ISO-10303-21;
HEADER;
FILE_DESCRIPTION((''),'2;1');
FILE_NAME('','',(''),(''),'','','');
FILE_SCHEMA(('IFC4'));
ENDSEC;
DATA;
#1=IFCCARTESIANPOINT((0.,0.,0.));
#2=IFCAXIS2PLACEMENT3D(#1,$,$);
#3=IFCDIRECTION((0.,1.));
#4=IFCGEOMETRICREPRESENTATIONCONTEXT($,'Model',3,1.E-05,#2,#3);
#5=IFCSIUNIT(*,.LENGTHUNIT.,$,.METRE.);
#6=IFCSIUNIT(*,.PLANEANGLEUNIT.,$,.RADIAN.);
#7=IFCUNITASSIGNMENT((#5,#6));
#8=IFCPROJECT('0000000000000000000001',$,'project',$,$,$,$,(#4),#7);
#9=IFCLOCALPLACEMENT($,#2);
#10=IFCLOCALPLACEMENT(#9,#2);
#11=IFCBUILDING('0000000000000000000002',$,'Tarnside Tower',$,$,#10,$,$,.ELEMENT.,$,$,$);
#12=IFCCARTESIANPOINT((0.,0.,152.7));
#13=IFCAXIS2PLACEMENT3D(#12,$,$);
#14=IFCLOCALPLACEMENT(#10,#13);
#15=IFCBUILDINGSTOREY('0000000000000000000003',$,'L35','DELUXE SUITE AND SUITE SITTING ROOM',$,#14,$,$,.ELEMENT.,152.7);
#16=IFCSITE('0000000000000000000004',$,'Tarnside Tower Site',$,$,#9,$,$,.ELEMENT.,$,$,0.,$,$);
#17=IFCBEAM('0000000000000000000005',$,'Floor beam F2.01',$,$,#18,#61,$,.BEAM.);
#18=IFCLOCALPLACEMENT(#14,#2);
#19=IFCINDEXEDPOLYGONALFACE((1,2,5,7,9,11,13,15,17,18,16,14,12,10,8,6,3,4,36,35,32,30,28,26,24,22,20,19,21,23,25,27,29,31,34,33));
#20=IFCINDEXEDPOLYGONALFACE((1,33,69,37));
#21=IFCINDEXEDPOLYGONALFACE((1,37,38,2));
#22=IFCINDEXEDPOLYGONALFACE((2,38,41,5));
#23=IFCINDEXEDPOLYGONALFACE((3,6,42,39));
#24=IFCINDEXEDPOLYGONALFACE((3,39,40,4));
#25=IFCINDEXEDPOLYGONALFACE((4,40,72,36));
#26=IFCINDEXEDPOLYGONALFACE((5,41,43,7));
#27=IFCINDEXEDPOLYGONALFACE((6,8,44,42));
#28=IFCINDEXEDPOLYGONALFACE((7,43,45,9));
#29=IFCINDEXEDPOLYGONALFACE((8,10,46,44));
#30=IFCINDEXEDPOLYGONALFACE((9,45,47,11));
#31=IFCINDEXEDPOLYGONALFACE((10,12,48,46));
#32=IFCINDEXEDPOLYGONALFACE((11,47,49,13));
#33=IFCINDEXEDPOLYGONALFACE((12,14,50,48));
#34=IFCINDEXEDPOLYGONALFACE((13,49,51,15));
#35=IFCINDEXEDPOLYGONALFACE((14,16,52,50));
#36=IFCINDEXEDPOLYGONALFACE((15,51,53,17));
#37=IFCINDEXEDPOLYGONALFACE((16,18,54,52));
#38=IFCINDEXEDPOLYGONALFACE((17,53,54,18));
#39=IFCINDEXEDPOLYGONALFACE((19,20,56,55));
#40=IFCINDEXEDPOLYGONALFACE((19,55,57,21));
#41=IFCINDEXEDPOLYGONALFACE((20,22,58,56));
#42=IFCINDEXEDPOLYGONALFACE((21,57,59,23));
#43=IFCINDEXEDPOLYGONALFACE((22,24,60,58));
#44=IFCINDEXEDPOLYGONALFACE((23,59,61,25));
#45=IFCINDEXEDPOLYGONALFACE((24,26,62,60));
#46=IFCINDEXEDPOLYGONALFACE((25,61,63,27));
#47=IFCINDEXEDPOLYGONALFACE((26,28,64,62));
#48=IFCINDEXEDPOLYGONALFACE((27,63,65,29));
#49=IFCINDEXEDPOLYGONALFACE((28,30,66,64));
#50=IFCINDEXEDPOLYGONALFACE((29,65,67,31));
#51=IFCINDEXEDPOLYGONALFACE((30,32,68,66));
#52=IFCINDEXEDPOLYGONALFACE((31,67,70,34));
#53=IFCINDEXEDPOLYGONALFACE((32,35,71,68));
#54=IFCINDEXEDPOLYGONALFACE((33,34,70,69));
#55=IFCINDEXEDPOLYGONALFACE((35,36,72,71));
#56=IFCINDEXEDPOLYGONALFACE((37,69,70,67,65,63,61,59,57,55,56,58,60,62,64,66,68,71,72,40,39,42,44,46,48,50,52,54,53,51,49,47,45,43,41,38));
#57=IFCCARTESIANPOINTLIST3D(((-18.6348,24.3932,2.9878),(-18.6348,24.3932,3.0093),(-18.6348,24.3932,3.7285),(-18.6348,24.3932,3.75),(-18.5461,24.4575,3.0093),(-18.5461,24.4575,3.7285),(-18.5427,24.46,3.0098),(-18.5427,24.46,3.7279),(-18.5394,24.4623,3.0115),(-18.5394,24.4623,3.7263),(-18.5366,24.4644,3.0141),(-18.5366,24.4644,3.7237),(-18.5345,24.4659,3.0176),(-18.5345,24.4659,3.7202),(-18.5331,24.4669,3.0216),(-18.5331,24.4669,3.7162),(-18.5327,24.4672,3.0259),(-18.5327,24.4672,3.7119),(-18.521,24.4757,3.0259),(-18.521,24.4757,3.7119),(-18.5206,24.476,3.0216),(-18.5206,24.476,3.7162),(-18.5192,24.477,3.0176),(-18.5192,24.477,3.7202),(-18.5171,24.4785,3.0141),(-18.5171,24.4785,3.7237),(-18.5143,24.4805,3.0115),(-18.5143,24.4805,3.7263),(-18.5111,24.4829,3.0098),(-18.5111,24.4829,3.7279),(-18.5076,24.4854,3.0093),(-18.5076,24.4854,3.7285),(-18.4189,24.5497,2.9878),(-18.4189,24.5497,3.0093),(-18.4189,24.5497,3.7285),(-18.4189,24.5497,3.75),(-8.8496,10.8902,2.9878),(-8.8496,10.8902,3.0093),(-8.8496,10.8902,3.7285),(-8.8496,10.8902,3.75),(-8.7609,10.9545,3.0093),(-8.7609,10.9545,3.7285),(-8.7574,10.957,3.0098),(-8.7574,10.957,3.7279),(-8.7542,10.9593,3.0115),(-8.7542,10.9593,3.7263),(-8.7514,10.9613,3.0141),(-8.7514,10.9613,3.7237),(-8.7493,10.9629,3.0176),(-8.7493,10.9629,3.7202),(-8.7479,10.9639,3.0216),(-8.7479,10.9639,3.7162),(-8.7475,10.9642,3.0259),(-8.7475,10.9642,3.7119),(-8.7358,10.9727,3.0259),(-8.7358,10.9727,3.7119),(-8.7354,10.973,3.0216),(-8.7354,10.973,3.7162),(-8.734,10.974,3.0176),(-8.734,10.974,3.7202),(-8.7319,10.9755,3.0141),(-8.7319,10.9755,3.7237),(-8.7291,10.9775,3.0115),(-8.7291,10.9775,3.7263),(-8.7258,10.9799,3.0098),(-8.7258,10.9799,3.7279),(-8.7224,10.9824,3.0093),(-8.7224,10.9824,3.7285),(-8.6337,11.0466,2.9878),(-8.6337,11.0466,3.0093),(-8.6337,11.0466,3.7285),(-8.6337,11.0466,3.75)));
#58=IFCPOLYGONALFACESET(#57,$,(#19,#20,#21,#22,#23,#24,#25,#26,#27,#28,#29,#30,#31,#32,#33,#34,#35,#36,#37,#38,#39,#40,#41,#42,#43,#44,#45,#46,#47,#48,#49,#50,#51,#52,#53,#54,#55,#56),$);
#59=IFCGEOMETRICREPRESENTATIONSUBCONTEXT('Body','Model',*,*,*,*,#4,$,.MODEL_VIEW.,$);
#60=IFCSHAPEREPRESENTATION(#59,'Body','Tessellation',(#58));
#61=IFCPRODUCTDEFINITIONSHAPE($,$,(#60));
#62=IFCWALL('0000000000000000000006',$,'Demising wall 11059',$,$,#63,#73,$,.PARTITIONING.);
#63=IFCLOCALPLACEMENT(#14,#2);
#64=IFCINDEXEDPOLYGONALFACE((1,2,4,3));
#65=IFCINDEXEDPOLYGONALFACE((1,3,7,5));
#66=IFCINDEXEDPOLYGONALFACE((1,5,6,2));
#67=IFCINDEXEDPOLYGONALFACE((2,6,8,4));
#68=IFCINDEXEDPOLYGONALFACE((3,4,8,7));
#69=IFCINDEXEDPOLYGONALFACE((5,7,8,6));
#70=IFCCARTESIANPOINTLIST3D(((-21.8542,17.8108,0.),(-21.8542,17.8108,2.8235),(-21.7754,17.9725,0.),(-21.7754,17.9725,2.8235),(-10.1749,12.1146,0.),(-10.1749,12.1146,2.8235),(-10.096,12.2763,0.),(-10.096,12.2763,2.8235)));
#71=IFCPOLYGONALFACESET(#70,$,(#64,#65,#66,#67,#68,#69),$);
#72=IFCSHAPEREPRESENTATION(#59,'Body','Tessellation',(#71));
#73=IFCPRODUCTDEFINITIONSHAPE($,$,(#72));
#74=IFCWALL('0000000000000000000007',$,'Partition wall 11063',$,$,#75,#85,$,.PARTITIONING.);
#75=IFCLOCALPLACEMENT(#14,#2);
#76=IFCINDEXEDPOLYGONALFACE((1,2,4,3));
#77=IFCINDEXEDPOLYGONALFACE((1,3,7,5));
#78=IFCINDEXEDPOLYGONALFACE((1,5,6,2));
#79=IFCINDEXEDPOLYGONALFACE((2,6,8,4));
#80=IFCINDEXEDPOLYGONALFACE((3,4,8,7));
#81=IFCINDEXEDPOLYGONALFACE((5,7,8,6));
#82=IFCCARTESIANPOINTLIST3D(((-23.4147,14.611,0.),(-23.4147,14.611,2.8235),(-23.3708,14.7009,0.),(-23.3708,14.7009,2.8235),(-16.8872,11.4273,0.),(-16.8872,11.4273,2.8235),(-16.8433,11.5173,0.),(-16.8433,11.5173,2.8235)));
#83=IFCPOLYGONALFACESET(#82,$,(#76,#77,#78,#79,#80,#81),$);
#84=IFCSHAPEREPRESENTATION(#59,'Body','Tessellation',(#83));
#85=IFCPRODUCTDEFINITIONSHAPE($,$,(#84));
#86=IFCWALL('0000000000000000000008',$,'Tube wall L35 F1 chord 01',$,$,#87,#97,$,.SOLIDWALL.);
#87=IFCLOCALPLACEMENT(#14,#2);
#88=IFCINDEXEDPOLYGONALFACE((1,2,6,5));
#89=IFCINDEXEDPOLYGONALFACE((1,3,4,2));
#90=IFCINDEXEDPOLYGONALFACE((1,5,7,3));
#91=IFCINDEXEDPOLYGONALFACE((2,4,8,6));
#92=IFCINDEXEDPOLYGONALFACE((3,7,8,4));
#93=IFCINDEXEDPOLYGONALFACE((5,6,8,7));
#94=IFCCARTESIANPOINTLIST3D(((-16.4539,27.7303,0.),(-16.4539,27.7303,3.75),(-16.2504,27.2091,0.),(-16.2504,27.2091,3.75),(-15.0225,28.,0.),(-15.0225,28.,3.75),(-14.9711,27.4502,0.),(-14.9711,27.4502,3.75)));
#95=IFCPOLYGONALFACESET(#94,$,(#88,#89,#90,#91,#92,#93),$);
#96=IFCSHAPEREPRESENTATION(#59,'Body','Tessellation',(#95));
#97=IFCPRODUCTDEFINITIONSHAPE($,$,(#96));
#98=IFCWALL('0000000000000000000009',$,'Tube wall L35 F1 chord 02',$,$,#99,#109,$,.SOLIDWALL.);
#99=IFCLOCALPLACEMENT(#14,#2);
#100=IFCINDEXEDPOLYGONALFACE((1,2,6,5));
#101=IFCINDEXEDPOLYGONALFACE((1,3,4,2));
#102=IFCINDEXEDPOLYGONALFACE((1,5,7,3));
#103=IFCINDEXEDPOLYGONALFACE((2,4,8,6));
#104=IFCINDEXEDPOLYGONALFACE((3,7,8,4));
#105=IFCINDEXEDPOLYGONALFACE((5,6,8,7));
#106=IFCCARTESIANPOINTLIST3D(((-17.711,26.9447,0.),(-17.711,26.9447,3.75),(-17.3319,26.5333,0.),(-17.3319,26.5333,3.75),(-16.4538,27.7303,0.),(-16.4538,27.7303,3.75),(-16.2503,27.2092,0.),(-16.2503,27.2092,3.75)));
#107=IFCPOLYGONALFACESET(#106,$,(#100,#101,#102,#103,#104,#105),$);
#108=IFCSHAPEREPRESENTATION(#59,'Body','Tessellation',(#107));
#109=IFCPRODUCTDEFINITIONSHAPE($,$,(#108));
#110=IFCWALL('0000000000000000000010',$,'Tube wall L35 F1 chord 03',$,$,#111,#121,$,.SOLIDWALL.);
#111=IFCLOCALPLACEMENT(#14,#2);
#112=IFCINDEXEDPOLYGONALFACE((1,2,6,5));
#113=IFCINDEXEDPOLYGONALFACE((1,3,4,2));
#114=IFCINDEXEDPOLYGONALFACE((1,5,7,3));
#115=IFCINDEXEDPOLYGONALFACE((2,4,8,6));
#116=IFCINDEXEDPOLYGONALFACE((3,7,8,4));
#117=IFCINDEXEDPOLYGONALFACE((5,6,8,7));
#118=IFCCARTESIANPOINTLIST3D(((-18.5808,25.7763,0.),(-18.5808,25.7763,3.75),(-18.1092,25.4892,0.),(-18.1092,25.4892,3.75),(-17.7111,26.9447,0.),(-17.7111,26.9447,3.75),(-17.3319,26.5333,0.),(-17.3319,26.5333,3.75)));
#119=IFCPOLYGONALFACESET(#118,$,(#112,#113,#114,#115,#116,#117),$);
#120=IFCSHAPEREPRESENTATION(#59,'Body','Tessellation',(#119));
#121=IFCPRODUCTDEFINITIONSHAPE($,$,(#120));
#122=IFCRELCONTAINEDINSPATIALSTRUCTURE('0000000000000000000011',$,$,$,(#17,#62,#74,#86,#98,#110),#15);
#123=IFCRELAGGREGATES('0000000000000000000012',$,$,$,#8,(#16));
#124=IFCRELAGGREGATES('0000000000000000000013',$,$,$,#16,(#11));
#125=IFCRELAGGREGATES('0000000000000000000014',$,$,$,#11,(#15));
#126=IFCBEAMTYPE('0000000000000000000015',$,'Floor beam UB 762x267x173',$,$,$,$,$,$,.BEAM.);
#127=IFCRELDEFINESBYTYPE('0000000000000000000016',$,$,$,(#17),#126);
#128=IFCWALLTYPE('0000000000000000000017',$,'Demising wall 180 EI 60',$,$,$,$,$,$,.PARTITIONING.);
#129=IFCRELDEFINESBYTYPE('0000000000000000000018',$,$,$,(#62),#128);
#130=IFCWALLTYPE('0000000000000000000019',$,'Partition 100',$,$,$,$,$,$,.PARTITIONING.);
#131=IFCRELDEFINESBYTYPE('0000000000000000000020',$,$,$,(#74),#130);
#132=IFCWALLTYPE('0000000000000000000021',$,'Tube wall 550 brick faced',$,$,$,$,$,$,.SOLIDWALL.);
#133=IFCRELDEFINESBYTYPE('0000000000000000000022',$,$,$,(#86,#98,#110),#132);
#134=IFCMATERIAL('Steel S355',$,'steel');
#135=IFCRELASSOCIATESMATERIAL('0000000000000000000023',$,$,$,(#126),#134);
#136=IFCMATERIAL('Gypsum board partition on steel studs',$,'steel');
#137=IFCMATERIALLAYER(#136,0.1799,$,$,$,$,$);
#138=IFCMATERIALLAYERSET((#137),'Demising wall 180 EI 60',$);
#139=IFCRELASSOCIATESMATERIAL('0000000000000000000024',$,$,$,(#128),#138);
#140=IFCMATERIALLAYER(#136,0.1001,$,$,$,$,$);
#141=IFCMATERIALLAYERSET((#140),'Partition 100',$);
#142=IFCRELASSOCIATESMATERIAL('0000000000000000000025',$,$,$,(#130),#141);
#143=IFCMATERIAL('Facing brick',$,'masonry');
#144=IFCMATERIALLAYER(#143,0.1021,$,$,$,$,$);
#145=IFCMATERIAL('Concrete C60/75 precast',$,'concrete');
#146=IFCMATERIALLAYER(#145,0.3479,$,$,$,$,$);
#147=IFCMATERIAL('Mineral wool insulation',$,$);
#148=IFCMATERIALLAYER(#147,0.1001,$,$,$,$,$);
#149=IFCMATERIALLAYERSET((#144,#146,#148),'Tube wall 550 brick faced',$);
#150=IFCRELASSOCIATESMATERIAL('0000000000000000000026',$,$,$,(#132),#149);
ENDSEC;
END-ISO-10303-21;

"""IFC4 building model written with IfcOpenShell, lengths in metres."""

from ifc_helpers import new_model, si_unit, direction, frame, frame_2d, origin, origin_2d, place, context, subcontext, project, spatial, polyline, rectangle, i_section, outline, extrude, material, layer, layer_set, material_profile, profile_set, type_object, element, save


model = new_model("IFC4")

# Units and contexts
model_context = context("Model", 3, precision=1e-05, world=origin(), true_north=direction((0.0, 1.0)))
body_context = subcontext(model_context, "Body", "Model", "MODEL_VIEW")
ifc_project = project(units=[si_unit("LENGTHUNIT", "METRE"), si_unit("PLANEANGLEUNIT", "RADIAN")], contexts=[model_context])

# Site, building, storey
site_placement = place(None, origin())
site = spatial("IfcSite", under=ifc_project, at=site_placement, Name="Tarnside Tower Site", CompositionType="ELEMENT", RefElevation=0.0)
building_placement = place(site_placement, origin())
building = spatial("IfcBuilding", under=site, at=building_placement, Name="Tarnside Tower", CompositionType="ELEMENT")
storey_placement = place(building_placement, frame((0.0, 0.0, 152.7)))
storey = spatial("IfcBuildingStorey", under=building, at=storey_placement, Name="L35", Description="DELUXE SUITE AND SUITE SITTING ROOM", CompositionType="ELEMENT", Elevation=152.7)

# Beam
ifc_material_1 = material(Name="Steel S355", Category="steel")
ifc_material_profile_1 = material_profile(ifc_material_1, i_section(OverallWidth=0.2666, OverallDepth=0.7622, WebThickness=0.0144, FlangeThickness=0.0215, FilletRadius=0.0166, at=origin_2d()), Name="UB 762x267x173")
ifc_profile_set_1 = profile_set([ifc_material_profile_1], Name="Steel S355")
beam_type_1 = type_object("IfcBeamType", Name="Floor beam UB 762x267x173", PredefinedType="BEAM", material=ifc_profile_set_1)
beam_1_placement = place(storey_placement, frame((-18.5269, 24.4714, 3.3689), z_axis=(0.586792, -0.809738, 0.0), x_axis=(0.809738, 0.586792, 0.0)))
element("IfcBeam", 1, at=beam_1_placement, inside=storey, type_object=beam_type_1, Name="Floor beam F2.01", PredefinedType="BEAM", context=body_context, shape_type="SweptSolid", body=[
    extrude(i_section(OverallWidth=0.2666, OverallDepth=0.7622, WebThickness=0.0144, FlangeThickness=0.0215, FilletRadius=0.0166, at=origin_2d()), origin(), (0.0, 0.0, 1.0), 16.6758),
])

# Walls
ifc_material_2 = material(Name="Gypsum board partition on steel studs", Category="steel")
ifc_layer_1 = layer(ifc_material_2, 0.1799)
ifc_layer_set_1 = layer_set([ifc_layer_1], Name="Demising wall 180 EI 60")
wall_type_1 = type_object("IfcWallType", Name="Demising wall 180 EI 60", PredefinedType="PARTITIONING", material=ifc_layer_set_1)
wall_1_placement = place(storey_placement, frame((-21.8147, 17.8916, 0.0), z_axis=(0.0, 0.0, 1.0), x_axis=(0.898799, -0.438361, 0.0)))
element("IfcWall", 2, at=wall_1_placement, inside=storey, type_object=wall_type_1, Name="Demising wall 11059", PredefinedType="PARTITIONING", context=body_context, shape_type="SweptSolid", body=[
    extrude(rectangle(XDim=12.9944, YDim=0.1799, at=frame_2d((6.4971, 0.0))), origin(), (0.0, 0.0, 1.0), 2.8235),
])
ifc_layer_2 = layer(ifc_material_2, 0.1001)
ifc_layer_set_2 = layer_set([ifc_layer_2], Name="Partition 100")
wall_type_2 = type_object("IfcWallType", Name="Partition 100", PredefinedType="PARTITIONING", material=ifc_layer_set_2)
wall_2_placement = place(storey_placement, frame((-23.3928, 14.656, 0.0), z_axis=(0.0, 0.0, 1.0), x_axis=(0.898794, -0.438371, 0.0)))
element("IfcWall", 3, at=wall_2_placement, inside=storey, type_object=wall_type_2, Name="Partition wall 11063", PredefinedType="PARTITIONING", context=body_context, shape_type="SweptSolid", body=[
    extrude(rectangle(XDim=7.2625, YDim=0.1001, at=frame_2d((3.6313, 0.0))), origin(), (0.0, 0.0, 1.0), 2.8235),
])
ifc_material_3 = material(Name="Facing brick", Category="masonry")
ifc_layer_3 = layer(ifc_material_3, 0.1021)
ifc_material_4 = material(Name="Concrete C60/75 precast", Category="concrete")
ifc_layer_4 = layer(ifc_material_4, 0.3479)
ifc_material_5 = material(Name="Mineral wool insulation")
ifc_layer_5 = layer(ifc_material_5, 0.1001)
ifc_layer_set_3 = layer_set([ifc_layer_3, ifc_layer_4, ifc_layer_5], Name="Tube wall 550 brick faced")
wall_type_3 = type_object("IfcWallType", Name="Tube wall 550 brick faced", PredefinedType="SOLIDWALL", material=ifc_layer_set_3)
wall_3_placement = place(storey_placement, frame((-14.9968, 27.7251, 0.0), z_axis=(0.0, 0.0, 1.0), x_axis=(-0.982705, -0.185176, 0.0)))
element("IfcWall", 4, at=wall_3_placement, inside=storey, type_object=wall_type_3, Name="Tube wall L35 F1 chord 01", PredefinedType="SOLIDWALL", context=body_context, shape_type="SweptSolid", body=[
    extrude(outline(polyline([(-0.0256, -0.2749), (1.4309, -0.2749), (1.3274, 0.2749), (0.0256, 0.2749), (-0.0256, -0.2749)])), origin(), (0.0, 0.0, 1.0), 3.75),
])
wall_4_placement = place(storey_placement, frame((-16.3521, 27.4697, 0.0), z_axis=(0.0, 0.0, 1.0), x_axis=(-0.848058, -0.529903, 0.0)))
element("IfcWall", 5, at=wall_4_placement, inside=storey, type_object=wall_type_3, Name="Tube wall L35 F1 chord 02", PredefinedType="SOLIDWALL", context=body_context, shape_type="SweptSolid", body=[
    extrude(outline(polyline([(-0.0518, -0.2749), (1.4307, -0.2749), (1.3271, 0.2749), (0.0518, 0.2749), (-0.0518, -0.2749)])), origin(), (0.0, 0.0, 1.0), 3.75),
])
wall_5_placement = place(storey_placement, frame((-17.5215, 26.739, 0.0), z_axis=(0.0, 0.0, 1.0), x_axis=(-0.597135, -0.802141, 0.0)))
element("IfcWall", 6, at=wall_5_placement, inside=storey, type_object=wall_type_3, Name="Tube wall L35 F1 chord 03", PredefinedType="SOLIDWALL", context=body_context, shape_type="SweptSolid", body=[
    extrude(outline(polyline([(-0.0518, -0.2749), (1.4048, -0.2749), (1.3535, 0.2749), (0.0518, 0.2749), (-0.0518, -0.2749)])), origin(), (0.0, 0.0, 1.0), 3.75),
])

save(model, "model.ifc")
